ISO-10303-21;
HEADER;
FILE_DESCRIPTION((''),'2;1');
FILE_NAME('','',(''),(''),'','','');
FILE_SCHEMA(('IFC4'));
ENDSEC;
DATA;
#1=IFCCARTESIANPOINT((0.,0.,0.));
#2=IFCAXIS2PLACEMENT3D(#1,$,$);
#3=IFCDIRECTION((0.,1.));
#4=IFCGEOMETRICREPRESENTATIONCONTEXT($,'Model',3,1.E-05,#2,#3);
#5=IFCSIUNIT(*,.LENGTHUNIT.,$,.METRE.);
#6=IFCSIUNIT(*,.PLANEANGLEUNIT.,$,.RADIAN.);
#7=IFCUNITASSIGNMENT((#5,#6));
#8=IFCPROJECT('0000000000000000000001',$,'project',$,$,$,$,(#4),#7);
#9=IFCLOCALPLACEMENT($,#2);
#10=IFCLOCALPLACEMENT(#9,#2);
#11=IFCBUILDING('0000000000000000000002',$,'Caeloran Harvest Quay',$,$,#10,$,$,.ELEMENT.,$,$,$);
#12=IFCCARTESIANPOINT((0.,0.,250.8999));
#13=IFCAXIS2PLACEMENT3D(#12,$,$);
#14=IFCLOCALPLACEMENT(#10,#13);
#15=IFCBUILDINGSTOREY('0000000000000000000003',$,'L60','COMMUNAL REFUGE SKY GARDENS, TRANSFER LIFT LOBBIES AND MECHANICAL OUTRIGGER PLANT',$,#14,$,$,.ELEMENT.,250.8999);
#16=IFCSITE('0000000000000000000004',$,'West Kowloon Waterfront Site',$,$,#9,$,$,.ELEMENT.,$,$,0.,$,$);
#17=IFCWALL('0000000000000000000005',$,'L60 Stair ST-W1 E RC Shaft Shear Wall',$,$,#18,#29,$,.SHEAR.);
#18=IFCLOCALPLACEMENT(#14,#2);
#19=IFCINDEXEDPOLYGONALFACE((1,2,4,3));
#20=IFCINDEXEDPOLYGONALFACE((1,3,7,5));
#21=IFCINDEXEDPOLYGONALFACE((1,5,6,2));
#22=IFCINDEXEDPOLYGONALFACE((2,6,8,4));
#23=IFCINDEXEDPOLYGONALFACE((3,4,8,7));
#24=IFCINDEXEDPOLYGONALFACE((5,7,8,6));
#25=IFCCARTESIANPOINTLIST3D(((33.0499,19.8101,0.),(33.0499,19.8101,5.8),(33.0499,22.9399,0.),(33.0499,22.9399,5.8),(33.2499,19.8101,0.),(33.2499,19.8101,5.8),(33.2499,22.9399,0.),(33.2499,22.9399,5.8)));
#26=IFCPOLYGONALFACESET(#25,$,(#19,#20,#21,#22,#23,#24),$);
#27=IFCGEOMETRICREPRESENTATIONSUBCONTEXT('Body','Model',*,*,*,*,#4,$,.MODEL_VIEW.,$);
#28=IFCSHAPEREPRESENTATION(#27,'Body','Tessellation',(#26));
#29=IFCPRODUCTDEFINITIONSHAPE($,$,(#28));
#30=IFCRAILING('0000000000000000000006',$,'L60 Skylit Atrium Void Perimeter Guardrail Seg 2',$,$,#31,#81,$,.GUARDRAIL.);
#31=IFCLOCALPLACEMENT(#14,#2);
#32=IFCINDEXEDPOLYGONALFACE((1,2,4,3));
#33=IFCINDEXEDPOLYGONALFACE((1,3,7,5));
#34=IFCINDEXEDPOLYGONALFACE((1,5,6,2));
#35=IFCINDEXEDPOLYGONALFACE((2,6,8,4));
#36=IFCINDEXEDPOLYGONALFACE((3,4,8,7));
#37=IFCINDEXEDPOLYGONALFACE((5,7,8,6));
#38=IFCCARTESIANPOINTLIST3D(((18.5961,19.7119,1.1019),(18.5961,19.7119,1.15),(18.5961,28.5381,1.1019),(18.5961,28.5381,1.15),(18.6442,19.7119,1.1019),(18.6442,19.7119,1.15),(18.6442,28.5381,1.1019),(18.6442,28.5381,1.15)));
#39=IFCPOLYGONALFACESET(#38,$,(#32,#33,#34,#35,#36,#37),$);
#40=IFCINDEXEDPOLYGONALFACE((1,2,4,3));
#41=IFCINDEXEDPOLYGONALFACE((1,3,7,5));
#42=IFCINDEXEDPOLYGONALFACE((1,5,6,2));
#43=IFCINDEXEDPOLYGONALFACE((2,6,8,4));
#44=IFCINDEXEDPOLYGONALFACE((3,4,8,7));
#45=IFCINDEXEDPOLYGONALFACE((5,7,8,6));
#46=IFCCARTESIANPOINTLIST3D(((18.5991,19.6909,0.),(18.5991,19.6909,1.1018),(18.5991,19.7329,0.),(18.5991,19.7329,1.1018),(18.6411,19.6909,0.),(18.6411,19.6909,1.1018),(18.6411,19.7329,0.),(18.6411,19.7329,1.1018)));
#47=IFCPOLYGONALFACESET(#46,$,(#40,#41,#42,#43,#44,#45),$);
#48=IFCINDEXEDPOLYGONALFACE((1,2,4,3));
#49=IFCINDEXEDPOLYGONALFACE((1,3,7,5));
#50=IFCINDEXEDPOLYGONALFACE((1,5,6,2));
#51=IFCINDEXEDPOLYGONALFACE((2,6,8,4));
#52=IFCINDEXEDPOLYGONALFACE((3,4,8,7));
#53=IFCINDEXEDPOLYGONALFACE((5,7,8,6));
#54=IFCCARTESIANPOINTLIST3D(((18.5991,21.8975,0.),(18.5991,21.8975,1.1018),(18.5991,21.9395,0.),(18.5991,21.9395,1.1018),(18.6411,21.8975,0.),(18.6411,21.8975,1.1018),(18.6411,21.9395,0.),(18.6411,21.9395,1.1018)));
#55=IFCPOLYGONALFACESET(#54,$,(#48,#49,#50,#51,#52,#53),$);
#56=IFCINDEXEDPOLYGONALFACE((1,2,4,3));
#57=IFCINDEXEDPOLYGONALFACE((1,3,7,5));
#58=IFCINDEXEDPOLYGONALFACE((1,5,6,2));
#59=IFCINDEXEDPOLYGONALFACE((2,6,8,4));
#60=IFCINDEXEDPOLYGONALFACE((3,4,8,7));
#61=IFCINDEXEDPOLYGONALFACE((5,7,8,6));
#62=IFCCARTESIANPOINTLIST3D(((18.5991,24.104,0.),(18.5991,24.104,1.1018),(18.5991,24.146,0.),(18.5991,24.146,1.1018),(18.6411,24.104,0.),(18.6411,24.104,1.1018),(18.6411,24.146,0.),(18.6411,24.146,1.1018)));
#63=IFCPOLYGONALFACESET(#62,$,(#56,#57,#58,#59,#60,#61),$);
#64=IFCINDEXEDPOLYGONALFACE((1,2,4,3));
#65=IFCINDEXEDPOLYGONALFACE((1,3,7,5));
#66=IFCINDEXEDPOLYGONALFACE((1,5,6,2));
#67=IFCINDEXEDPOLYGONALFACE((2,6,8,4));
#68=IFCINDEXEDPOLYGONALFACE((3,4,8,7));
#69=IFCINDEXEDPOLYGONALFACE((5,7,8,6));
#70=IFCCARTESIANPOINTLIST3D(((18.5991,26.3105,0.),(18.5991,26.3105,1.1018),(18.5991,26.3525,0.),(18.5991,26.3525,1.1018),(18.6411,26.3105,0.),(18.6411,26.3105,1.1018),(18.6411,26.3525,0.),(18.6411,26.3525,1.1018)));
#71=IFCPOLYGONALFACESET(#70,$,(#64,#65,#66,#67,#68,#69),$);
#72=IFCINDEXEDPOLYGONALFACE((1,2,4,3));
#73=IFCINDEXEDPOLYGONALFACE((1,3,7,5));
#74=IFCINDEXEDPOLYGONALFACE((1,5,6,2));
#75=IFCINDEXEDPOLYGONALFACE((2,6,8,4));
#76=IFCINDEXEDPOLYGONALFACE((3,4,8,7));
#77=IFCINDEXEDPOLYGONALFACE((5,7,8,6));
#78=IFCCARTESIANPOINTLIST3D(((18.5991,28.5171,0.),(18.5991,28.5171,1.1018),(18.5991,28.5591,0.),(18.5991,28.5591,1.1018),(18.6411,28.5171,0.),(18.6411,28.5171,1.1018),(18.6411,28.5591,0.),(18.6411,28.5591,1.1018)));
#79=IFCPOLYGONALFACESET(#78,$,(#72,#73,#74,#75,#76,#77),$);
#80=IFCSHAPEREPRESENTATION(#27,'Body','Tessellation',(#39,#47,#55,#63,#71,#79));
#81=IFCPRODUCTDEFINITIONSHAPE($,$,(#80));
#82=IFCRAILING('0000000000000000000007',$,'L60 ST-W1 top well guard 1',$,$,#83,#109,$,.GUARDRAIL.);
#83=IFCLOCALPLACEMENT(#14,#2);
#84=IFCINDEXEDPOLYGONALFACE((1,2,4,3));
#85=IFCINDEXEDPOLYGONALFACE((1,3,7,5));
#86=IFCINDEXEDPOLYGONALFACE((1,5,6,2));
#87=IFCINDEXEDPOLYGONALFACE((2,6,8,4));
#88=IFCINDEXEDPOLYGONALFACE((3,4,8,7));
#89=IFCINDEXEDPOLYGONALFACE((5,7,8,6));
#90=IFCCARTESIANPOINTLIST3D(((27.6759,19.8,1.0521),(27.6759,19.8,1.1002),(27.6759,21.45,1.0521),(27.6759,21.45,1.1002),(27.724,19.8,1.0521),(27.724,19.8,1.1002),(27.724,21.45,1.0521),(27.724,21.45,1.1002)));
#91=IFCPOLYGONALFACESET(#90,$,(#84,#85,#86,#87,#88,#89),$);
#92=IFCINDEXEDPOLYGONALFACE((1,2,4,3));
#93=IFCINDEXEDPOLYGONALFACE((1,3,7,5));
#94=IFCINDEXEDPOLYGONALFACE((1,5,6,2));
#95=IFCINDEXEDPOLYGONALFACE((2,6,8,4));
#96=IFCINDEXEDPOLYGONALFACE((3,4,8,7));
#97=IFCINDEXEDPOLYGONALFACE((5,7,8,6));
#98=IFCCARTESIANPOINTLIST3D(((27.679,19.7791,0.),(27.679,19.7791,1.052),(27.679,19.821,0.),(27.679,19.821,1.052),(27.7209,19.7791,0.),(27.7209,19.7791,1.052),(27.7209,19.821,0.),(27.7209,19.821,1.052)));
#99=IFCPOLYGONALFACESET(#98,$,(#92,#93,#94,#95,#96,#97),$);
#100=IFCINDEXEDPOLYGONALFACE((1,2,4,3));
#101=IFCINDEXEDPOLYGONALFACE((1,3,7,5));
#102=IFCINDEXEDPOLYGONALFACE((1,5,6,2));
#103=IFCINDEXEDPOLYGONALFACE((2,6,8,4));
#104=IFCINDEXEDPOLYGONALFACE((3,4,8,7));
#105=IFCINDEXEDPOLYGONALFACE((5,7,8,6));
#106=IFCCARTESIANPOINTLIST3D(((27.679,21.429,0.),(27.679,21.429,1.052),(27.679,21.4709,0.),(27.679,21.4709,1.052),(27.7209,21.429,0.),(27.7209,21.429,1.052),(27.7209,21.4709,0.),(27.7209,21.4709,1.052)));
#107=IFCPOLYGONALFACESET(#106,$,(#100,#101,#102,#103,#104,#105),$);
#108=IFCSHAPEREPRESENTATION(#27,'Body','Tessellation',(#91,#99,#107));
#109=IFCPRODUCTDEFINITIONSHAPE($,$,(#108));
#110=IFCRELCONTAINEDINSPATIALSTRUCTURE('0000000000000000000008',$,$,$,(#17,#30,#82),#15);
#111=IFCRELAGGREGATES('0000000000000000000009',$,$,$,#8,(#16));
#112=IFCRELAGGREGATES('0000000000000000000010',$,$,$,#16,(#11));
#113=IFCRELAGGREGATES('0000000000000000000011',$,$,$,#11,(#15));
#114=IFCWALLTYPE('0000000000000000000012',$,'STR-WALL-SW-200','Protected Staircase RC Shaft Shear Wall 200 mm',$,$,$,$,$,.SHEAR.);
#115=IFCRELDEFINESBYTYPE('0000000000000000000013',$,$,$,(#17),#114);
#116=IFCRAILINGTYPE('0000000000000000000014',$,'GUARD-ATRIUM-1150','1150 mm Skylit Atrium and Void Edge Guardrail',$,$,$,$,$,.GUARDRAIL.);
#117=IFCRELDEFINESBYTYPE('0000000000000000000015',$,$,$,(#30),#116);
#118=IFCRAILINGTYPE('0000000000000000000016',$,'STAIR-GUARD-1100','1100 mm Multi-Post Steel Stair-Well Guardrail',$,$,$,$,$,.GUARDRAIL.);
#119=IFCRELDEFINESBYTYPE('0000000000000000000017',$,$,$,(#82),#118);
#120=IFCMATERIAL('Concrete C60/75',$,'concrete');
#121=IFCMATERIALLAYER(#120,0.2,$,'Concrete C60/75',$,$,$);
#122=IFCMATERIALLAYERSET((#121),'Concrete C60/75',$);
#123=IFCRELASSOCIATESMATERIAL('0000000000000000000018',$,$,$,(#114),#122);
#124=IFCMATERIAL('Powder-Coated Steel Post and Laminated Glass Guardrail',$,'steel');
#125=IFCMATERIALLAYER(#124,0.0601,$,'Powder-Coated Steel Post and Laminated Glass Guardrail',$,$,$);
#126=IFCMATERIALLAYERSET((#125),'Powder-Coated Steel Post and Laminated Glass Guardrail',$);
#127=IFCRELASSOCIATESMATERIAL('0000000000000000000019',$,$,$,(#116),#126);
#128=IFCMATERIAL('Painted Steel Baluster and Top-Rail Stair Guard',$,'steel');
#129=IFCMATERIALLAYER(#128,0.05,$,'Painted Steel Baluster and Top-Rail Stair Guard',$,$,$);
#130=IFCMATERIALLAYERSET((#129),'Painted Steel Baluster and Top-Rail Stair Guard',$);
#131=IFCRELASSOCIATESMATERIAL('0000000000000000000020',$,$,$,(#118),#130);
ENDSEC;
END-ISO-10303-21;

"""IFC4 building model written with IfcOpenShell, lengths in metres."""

from ifc_helpers import new_model, si_unit, direction, frame, frame_2d, origin, origin_2d, place, context, subcontext, project, spatial, rectangle, extrude, material, layer, layer_set, type_object, element, save


model = new_model("IFC4")

# Units and contexts
model_context = context("Model", 3, precision=1e-05, world=origin(), true_north=direction((0.0, 1.0)))
body_context = subcontext(model_context, "Body", "Model", "MODEL_VIEW")
ifc_project = project(units=[si_unit("LENGTHUNIT", "METRE"), si_unit("PLANEANGLEUNIT", "RADIAN")], contexts=[model_context])

# Site, building, storey
site_placement = place(None, origin())
site = spatial("IfcSite", under=ifc_project, at=site_placement, Name="West Kowloon Waterfront Site", CompositionType="ELEMENT", RefElevation=0.0)
building_placement = place(site_placement, origin())
building = spatial("IfcBuilding", under=site, at=building_placement, Name="Caeloran Harvest Quay", CompositionType="ELEMENT")
storey_placement = place(building_placement, frame((0.0, 0.0, 250.8999)))
storey = spatial("IfcBuildingStorey", under=building, at=storey_placement, Name="L60", Description="COMMUNAL REFUGE SKY GARDENS, TRANSFER LIFT LOBBIES AND MECHANICAL OUTRIGGER PLANT", CompositionType="ELEMENT", Elevation=250.8999)

# Wall
ifc_material_1 = material(Name="Concrete C60/75", Category="concrete")
ifc_layer_1 = layer(ifc_material_1, 0.2, Name="Concrete C60/75")
ifc_layer_set_1 = layer_set([ifc_layer_1], Name="Concrete C60/75")
wall_type_1 = type_object("IfcWallType", Name="STR-WALL-SW-200", Description="Protected Staircase RC Shaft Shear Wall 200 mm", PredefinedType="SHEAR", material=ifc_layer_set_1)
for number, where, z_axis, x_axis, name in (
    (1, (33.1499, 19.8101, 0.0), (0.0, 0.0, 1.0), (0.0, 1.0, 0.0), "L60 Stair ST-W1 E RC Shaft Shear Wall"),
):
    element("IfcWall", number, at=place(storey_placement, frame(where, z_axis=z_axis, x_axis=x_axis)), inside=storey, type_object=wall_type_1, Name=name, PredefinedType="SHEAR", context=body_context, shape_type="SweptSolid", body=[
        extrude(rectangle(XDim=3.1299, YDim=0.2, at=frame_2d((1.5649, 0.0))), origin(), (0.0, 0.0, 1.0), 5.8),
    ])

# Railings
ifc_material_2 = material(Name="Powder-Coated Steel Post and Laminated Glass Guardrail", Category="steel")
ifc_layer_2 = layer(ifc_material_2, 0.0601, Name="Powder-Coated Steel Post and Laminated Glass Guardrail")
ifc_layer_set_2 = layer_set([ifc_layer_2], Name="Powder-Coated Steel Post and Laminated Glass Guardrail")
railing_type_1 = type_object("IfcRailingType", Name="GUARD-ATRIUM-1150", Description="1150 mm Skylit Atrium and Void Edge Guardrail", PredefinedType="GUARDRAIL", material=ifc_layer_set_2)
railing_1_placement = place(storey_placement, frame((18.6201, 19.7119, 0.0)))
element("IfcRailing", 2, at=railing_1_placement, inside=storey, type_object=railing_type_1, Name="L60 Skylit Atrium Void Perimeter Guardrail Seg 2", PredefinedType="GUARDRAIL", context=body_context, shape_type="SweptSolid", body=[
    extrude(rectangle(XDim=0.0481, YDim=0.0481, at=origin_2d()), frame((0.0, 0.0, 1.126), z_axis=(0.0, 1.0, 0.0), x_axis=(-1.0, 0.0, 0.0)), (0.0, 0.0, 1.0), 8.8262),
    extrude(rectangle(XDim=0.042, YDim=0.042, at=origin_2d()), origin(), (0.0, 0.0, 1.0), 1.1018),
    extrude(rectangle(XDim=0.042, YDim=0.042, at=origin_2d()), frame((0.0, 2.2065, 0.0)), (0.0, 0.0, 1.0), 1.1018),
    extrude(rectangle(XDim=0.042, YDim=0.042, at=origin_2d()), frame((0.0, 4.4131, 0.0)), (0.0, 0.0, 1.0), 1.1018),
    extrude(rectangle(XDim=0.042, YDim=0.042, at=origin_2d()), frame((0.0, 6.6196, 0.0)), (0.0, 0.0, 1.0), 1.1018),
    extrude(rectangle(XDim=0.042, YDim=0.042, at=origin_2d()), frame((0.0, 8.8262, 0.0)), (0.0, 0.0, 1.0), 1.1018),
])
ifc_material_3 = material(Name="Painted Steel Baluster and Top-Rail Stair Guard", Category="steel")
ifc_layer_3 = layer(ifc_material_3, 0.05, Name="Painted Steel Baluster and Top-Rail Stair Guard")
ifc_layer_set_3 = layer_set([ifc_layer_3], Name="Painted Steel Baluster and Top-Rail Stair Guard")
railing_type_2 = type_object("IfcRailingType", Name="STAIR-GUARD-1100", Description="1100 mm Multi-Post Steel Stair-Well Guardrail", PredefinedType="GUARDRAIL", material=ifc_layer_set_3)
railing_2_placement = place(storey_placement, frame((27.7, 19.8, 0.0)))
element("IfcRailing", 3, at=railing_2_placement, inside=storey, type_object=railing_type_2, Name="L60 ST-W1 top well guard 1", PredefinedType="GUARDRAIL", context=body_context, shape_type="SweptSolid", body=[
    extrude(rectangle(XDim=0.0481, YDim=0.0481, at=origin_2d()), frame((0.0, 0.0, 1.0762), z_axis=(0.0, 1.0, 0.0), x_axis=(-1.0, 0.0, 0.0)), (0.0, 0.0, 1.0), 1.6499),
    extrude(rectangle(XDim=0.042, YDim=0.042, at=origin_2d()), origin(), (0.0, 0.0, 1.0), 1.052),
    extrude(rectangle(XDim=0.042, YDim=0.042, at=origin_2d()), frame((0.0, 1.6499, 0.0)), (0.0, 0.0, 1.0), 1.052),
])

save(model, "model.ifc")
